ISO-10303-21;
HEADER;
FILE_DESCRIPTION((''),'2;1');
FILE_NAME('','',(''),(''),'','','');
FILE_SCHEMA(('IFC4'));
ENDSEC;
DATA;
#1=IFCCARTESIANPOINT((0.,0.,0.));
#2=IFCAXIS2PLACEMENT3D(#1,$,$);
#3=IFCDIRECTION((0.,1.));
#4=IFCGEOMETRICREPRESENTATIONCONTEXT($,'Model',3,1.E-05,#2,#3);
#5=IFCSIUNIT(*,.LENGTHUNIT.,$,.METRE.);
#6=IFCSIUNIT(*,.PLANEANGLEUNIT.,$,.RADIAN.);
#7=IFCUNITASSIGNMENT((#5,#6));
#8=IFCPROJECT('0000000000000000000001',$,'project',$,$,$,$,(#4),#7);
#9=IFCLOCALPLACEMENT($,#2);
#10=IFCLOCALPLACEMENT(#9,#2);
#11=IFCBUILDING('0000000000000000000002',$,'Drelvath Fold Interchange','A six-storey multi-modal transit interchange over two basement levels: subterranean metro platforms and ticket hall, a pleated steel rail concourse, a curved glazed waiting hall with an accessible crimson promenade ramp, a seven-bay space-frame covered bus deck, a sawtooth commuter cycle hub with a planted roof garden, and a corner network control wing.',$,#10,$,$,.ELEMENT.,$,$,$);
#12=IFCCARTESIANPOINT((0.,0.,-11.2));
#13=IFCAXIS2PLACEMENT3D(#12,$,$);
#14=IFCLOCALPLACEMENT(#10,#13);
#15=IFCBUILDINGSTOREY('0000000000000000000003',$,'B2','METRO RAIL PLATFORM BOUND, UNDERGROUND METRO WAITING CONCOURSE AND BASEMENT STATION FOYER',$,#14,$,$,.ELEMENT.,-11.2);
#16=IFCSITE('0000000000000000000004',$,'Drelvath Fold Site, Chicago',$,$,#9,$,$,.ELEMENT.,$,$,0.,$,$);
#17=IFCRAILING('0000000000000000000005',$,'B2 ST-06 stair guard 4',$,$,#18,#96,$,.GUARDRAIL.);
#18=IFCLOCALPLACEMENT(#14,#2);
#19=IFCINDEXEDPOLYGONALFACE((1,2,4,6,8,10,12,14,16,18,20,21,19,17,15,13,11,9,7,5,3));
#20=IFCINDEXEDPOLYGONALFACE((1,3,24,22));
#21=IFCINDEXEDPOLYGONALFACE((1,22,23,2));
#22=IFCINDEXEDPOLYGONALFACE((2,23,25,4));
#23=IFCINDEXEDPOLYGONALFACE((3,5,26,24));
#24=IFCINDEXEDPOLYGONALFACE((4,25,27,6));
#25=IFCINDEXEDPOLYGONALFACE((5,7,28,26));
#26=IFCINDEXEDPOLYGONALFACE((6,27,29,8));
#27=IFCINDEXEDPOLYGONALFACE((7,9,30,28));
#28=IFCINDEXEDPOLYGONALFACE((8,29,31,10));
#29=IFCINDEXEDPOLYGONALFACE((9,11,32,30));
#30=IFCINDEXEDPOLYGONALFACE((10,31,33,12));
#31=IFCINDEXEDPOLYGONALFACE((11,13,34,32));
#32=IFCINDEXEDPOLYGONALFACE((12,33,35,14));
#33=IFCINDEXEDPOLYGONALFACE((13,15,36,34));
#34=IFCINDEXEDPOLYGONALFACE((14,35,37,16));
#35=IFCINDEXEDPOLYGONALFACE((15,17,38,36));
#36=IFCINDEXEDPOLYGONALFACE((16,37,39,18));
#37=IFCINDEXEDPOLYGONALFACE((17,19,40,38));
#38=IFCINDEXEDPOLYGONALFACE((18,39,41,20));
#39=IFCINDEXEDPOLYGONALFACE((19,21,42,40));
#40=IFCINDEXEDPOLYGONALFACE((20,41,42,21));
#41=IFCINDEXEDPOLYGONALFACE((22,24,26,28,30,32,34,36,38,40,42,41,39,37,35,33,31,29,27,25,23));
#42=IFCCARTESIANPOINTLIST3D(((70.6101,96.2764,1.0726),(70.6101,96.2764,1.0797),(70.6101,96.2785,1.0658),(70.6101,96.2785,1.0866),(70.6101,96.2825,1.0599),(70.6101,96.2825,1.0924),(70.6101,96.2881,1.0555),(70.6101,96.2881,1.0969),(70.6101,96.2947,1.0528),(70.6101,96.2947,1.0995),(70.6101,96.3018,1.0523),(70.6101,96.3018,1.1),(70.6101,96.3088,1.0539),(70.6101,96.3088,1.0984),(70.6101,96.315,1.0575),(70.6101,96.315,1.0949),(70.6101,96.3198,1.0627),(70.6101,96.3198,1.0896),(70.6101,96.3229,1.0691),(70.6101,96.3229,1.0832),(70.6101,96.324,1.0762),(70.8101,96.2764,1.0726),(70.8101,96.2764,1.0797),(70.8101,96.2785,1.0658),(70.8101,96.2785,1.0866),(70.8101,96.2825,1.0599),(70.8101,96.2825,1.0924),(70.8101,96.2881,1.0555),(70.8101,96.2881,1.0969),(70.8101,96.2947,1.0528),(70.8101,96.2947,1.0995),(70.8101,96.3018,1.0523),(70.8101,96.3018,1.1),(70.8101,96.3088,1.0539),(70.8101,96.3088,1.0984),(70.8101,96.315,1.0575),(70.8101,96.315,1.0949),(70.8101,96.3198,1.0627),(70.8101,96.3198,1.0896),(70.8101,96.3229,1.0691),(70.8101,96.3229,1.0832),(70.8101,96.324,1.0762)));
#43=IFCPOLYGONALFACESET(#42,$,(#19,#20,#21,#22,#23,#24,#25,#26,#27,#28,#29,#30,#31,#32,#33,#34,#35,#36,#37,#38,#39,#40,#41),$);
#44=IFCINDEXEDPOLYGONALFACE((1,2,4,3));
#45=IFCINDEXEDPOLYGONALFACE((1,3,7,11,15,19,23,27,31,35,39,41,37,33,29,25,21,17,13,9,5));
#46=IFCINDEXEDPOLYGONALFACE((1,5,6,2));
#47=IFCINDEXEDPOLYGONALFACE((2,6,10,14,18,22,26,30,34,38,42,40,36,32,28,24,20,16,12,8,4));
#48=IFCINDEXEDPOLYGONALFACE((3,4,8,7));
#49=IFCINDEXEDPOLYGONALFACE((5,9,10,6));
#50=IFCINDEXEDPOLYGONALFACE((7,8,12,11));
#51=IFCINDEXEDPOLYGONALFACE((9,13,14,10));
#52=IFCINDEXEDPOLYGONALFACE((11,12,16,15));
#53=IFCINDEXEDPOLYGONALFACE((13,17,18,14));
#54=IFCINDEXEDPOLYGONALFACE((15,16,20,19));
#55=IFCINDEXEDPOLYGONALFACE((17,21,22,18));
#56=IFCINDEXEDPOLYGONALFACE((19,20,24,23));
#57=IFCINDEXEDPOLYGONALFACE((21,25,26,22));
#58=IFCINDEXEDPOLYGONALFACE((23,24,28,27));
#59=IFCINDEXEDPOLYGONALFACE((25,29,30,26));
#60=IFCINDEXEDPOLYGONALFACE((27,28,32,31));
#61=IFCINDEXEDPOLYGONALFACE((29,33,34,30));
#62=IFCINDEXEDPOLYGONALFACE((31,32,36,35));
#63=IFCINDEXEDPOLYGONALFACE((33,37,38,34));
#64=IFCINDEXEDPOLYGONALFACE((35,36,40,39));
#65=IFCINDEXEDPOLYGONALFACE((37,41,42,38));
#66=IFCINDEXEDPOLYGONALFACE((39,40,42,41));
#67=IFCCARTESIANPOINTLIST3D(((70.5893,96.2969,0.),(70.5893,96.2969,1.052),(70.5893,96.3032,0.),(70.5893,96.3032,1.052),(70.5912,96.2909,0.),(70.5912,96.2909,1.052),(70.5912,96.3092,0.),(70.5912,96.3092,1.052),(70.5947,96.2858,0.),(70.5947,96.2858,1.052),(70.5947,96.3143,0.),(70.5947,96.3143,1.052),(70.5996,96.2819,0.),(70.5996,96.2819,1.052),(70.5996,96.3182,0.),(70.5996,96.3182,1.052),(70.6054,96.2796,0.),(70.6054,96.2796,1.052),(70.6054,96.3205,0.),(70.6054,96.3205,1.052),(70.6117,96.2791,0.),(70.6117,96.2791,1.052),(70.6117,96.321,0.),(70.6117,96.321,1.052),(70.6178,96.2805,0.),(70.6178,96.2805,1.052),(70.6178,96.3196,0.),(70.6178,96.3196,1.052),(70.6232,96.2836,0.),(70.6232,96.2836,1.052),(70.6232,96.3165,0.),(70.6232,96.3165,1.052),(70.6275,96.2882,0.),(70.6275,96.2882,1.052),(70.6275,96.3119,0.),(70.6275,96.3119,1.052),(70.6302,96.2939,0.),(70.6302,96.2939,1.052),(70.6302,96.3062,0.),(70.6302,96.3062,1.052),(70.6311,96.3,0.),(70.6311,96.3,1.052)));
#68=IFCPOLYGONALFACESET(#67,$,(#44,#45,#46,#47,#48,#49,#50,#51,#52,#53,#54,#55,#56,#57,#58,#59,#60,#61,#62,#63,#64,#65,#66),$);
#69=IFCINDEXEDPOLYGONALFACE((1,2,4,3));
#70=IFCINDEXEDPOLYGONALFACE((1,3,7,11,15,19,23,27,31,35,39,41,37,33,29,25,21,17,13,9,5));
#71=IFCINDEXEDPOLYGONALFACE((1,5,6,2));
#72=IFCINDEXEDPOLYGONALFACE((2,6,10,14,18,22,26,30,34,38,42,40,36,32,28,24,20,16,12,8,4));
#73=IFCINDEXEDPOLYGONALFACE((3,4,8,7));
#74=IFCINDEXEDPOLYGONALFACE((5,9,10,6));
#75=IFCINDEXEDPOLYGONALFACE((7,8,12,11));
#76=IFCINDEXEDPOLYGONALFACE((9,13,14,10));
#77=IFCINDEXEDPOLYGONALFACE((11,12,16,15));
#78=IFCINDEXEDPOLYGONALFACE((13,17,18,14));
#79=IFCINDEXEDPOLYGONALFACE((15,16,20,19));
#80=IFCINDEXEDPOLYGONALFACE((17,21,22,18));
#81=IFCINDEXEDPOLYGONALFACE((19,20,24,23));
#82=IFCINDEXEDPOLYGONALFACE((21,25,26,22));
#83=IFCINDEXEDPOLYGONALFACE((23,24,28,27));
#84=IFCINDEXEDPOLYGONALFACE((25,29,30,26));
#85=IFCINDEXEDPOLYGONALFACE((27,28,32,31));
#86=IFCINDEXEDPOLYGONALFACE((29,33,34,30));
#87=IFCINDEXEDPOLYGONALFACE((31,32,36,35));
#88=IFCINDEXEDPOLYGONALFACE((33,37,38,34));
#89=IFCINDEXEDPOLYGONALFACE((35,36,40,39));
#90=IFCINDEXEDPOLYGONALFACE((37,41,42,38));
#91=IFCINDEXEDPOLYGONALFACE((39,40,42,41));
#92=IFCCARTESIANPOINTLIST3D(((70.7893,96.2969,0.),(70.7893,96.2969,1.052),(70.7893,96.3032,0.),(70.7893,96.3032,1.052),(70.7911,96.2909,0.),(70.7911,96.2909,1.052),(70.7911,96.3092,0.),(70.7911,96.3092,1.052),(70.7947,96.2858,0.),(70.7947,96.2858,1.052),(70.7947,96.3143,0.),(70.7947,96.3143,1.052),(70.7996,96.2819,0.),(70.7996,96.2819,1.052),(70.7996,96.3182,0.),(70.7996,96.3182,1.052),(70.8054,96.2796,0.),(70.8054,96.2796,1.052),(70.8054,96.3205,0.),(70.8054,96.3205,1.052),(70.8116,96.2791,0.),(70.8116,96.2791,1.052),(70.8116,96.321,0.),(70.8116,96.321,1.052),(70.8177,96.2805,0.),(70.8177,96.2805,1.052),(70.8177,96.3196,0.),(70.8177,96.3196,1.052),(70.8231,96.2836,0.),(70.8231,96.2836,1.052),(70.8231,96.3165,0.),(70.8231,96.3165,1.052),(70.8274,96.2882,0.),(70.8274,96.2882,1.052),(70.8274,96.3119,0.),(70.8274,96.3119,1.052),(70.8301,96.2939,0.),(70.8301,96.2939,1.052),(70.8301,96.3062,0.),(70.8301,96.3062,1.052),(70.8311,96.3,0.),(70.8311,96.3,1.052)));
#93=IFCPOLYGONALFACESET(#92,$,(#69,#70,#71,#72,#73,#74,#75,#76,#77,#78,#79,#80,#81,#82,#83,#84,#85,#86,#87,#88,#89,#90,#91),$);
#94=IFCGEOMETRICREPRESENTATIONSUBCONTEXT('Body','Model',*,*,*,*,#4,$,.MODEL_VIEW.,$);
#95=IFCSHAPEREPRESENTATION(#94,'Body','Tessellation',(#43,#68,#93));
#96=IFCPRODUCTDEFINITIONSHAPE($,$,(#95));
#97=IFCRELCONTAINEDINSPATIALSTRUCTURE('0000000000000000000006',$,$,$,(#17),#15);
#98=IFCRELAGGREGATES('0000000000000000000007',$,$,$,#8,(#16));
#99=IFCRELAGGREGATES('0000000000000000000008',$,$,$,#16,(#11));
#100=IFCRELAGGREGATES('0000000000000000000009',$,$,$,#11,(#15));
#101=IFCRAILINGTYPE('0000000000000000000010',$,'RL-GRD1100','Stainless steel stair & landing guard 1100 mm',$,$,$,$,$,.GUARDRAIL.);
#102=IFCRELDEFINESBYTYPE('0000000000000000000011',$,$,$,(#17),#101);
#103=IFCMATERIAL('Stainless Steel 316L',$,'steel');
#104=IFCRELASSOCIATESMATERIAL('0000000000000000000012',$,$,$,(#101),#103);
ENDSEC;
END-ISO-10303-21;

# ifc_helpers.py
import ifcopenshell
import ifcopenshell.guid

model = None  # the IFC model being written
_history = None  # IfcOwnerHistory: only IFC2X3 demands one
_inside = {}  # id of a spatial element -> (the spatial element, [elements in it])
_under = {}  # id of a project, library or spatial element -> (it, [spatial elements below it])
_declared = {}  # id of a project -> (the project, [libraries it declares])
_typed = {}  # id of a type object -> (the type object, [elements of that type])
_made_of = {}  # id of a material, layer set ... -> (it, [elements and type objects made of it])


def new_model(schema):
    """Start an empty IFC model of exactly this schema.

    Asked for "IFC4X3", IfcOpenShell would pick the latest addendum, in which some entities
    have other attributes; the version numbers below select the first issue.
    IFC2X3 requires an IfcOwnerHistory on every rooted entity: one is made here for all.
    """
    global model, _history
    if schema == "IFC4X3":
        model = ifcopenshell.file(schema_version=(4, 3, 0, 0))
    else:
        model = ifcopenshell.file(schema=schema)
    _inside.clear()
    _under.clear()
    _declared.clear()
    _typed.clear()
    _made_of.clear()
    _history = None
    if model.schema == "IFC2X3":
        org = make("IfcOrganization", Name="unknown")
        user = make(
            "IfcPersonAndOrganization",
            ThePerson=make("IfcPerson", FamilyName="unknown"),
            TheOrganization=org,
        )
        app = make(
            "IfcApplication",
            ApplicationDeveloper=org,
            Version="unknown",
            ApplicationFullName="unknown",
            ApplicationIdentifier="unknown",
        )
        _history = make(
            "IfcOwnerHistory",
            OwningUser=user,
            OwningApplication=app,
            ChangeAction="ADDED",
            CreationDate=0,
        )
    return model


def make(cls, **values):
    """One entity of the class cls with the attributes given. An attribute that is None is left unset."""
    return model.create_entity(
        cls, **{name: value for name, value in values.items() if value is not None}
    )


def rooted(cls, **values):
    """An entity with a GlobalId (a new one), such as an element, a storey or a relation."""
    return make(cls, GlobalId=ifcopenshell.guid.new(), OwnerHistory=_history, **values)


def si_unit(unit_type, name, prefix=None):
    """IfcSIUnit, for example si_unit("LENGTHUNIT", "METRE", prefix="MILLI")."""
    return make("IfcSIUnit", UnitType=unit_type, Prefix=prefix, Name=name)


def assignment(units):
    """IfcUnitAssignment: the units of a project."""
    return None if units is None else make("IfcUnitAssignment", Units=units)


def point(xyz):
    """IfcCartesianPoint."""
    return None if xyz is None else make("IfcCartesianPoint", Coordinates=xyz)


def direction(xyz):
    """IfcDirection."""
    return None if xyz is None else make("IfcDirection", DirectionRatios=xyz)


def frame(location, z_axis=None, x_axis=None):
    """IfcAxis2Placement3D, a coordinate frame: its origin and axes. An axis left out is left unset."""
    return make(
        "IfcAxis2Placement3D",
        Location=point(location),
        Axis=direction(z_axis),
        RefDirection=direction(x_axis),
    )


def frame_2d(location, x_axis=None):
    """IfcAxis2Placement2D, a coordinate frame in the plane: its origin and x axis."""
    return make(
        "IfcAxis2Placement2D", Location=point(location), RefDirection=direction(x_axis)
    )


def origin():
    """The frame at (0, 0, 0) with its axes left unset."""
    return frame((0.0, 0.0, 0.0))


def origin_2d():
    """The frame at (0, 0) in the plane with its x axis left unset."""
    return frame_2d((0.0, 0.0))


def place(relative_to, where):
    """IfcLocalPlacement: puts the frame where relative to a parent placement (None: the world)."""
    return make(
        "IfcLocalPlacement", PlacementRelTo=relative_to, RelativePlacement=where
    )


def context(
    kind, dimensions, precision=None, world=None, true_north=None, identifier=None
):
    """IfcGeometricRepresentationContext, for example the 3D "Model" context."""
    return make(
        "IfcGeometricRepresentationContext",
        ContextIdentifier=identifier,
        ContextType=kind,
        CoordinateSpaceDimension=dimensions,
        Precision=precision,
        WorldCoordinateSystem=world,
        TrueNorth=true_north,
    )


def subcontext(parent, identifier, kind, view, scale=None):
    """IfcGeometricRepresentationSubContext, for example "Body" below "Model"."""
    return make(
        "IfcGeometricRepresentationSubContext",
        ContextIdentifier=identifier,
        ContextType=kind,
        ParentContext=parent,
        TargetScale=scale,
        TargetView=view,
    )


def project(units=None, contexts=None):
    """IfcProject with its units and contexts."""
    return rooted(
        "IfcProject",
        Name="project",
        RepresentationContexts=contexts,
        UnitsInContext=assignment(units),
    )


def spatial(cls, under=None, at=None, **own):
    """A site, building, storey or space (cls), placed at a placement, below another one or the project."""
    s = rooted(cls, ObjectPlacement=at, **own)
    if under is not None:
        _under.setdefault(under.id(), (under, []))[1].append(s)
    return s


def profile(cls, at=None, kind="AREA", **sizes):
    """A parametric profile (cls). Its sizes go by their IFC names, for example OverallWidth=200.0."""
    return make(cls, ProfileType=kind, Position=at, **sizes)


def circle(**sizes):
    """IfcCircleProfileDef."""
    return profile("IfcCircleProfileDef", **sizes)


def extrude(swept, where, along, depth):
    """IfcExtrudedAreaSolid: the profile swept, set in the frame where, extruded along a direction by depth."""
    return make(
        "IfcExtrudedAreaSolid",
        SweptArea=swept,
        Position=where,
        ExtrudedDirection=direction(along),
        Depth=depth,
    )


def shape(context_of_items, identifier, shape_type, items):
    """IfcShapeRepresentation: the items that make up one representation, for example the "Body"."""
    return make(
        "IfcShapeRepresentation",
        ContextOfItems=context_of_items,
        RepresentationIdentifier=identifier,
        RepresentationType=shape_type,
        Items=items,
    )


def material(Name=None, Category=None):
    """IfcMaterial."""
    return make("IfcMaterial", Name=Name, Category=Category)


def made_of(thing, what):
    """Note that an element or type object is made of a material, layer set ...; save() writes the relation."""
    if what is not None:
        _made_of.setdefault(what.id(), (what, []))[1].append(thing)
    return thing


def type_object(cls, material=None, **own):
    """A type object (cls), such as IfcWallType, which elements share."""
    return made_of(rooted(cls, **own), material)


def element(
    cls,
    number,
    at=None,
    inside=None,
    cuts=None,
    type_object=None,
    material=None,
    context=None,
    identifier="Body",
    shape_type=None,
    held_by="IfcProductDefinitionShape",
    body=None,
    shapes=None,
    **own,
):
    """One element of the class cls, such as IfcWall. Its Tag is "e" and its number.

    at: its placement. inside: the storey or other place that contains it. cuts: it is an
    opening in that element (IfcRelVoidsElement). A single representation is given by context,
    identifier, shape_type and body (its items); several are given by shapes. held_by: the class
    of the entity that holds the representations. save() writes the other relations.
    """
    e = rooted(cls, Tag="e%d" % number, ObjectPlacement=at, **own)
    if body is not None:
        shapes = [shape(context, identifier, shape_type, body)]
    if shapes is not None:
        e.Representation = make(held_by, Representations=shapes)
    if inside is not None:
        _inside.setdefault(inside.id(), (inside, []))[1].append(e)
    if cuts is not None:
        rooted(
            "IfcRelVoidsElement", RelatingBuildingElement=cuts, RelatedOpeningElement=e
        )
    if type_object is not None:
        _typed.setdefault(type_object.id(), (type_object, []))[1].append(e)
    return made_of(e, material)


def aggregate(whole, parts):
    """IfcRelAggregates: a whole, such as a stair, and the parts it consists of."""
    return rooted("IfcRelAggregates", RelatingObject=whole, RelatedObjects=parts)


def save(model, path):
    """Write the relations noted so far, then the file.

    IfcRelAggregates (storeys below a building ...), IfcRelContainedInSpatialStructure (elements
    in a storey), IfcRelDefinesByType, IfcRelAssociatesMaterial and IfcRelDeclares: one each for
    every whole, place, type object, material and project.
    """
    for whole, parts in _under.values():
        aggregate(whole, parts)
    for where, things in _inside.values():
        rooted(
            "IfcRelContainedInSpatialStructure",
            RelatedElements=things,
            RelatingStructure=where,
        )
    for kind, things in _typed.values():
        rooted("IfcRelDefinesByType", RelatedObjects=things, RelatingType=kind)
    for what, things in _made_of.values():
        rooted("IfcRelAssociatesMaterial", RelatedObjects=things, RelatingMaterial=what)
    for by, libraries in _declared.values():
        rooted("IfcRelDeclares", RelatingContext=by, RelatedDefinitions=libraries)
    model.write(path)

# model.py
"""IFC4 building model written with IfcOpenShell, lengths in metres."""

from ifc_helpers import new_model, si_unit, direction, frame, origin, origin_2d, place, context, subcontext, project, spatial, circle, extrude, material, type_object, element, save


model = new_model("IFC4")

# Units and contexts
model_context = context("Model", 3, precision=1e-05, world=origin(), true_north=direction((0.0, 1.0)))
body_context = subcontext(model_context, "Body", "Model", "MODEL_VIEW")
ifc_project = project(units=[si_unit("LENGTHUNIT", "METRE"), si_unit("PLANEANGLEUNIT", "RADIAN")], contexts=[model_context])

# Site, building, storey
site_placement = place(None, origin())
site = spatial("IfcSite", under=ifc_project, at=site_placement, Name="Drelvath Fold Site, Chicago", CompositionType="ELEMENT", RefElevation=0.0)
building_placement = place(site_placement, origin())
building = spatial("IfcBuilding", under=site, at=building_placement, Name="Drelvath Fold Interchange", Description="A six-storey multi-modal transit interchange over two basement levels: subterranean metro platforms and ticket hall, a pleated steel rail concourse, a curved glazed waiting hall with an accessible crimson promenade ramp, a seven-bay space-frame covered bus deck, a sawtooth commuter cycle hub with a planted roof garden, and a corner network control wing.", CompositionType="ELEMENT")
storey_placement = place(building_placement, frame((0.0, 0.0, -11.2)))
storey = spatial("IfcBuildingStorey", under=building, at=storey_placement, Name="B2", Description="METRO RAIL PLATFORM BOUND, UNDERGROUND METRO WAITING CONCOURSE AND BASEMENT STATION FOYER", CompositionType="ELEMENT", Elevation=-11.2)

# Railing
ifc_material_1 = material(Name="Stainless Steel 316L", Category="steel")
railing_type_1 = type_object("IfcRailingType", Name="RL-GRD1100", Description="Stainless steel stair & landing guard 1100 mm", PredefinedType="GUARDRAIL", material=ifc_material_1)
railing_1_placement = place(storey_placement, frame((70.6101, 96.3, 0.0)))
element("IfcRailing", 1, at=railing_1_placement, inside=storey, type_object=railing_type_1, Name="B2 ST-06 stair guard 4", PredefinedType="GUARDRAIL", context=body_context, shape_type="SweptSolid", body=[
    extrude(circle(Radius=0.0239, at=origin_2d()), frame((0.0, 0.0, 1.0762), z_axis=(1.0, 0.0, 0.0), x_axis=(0.0, 1.0, 0.0)), (0.0, 0.0, 1.0), 0.2),
    extrude(circle(Radius=0.021, at=origin_2d()), origin(), (0.0, 0.0, 1.0), 1.052),
    extrude(circle(Radius=0.021, at=origin_2d()), frame((0.2, 0.0, 0.0)), (0.0, 0.0, 1.0), 1.052),
])

save(model, "model.ifc")
